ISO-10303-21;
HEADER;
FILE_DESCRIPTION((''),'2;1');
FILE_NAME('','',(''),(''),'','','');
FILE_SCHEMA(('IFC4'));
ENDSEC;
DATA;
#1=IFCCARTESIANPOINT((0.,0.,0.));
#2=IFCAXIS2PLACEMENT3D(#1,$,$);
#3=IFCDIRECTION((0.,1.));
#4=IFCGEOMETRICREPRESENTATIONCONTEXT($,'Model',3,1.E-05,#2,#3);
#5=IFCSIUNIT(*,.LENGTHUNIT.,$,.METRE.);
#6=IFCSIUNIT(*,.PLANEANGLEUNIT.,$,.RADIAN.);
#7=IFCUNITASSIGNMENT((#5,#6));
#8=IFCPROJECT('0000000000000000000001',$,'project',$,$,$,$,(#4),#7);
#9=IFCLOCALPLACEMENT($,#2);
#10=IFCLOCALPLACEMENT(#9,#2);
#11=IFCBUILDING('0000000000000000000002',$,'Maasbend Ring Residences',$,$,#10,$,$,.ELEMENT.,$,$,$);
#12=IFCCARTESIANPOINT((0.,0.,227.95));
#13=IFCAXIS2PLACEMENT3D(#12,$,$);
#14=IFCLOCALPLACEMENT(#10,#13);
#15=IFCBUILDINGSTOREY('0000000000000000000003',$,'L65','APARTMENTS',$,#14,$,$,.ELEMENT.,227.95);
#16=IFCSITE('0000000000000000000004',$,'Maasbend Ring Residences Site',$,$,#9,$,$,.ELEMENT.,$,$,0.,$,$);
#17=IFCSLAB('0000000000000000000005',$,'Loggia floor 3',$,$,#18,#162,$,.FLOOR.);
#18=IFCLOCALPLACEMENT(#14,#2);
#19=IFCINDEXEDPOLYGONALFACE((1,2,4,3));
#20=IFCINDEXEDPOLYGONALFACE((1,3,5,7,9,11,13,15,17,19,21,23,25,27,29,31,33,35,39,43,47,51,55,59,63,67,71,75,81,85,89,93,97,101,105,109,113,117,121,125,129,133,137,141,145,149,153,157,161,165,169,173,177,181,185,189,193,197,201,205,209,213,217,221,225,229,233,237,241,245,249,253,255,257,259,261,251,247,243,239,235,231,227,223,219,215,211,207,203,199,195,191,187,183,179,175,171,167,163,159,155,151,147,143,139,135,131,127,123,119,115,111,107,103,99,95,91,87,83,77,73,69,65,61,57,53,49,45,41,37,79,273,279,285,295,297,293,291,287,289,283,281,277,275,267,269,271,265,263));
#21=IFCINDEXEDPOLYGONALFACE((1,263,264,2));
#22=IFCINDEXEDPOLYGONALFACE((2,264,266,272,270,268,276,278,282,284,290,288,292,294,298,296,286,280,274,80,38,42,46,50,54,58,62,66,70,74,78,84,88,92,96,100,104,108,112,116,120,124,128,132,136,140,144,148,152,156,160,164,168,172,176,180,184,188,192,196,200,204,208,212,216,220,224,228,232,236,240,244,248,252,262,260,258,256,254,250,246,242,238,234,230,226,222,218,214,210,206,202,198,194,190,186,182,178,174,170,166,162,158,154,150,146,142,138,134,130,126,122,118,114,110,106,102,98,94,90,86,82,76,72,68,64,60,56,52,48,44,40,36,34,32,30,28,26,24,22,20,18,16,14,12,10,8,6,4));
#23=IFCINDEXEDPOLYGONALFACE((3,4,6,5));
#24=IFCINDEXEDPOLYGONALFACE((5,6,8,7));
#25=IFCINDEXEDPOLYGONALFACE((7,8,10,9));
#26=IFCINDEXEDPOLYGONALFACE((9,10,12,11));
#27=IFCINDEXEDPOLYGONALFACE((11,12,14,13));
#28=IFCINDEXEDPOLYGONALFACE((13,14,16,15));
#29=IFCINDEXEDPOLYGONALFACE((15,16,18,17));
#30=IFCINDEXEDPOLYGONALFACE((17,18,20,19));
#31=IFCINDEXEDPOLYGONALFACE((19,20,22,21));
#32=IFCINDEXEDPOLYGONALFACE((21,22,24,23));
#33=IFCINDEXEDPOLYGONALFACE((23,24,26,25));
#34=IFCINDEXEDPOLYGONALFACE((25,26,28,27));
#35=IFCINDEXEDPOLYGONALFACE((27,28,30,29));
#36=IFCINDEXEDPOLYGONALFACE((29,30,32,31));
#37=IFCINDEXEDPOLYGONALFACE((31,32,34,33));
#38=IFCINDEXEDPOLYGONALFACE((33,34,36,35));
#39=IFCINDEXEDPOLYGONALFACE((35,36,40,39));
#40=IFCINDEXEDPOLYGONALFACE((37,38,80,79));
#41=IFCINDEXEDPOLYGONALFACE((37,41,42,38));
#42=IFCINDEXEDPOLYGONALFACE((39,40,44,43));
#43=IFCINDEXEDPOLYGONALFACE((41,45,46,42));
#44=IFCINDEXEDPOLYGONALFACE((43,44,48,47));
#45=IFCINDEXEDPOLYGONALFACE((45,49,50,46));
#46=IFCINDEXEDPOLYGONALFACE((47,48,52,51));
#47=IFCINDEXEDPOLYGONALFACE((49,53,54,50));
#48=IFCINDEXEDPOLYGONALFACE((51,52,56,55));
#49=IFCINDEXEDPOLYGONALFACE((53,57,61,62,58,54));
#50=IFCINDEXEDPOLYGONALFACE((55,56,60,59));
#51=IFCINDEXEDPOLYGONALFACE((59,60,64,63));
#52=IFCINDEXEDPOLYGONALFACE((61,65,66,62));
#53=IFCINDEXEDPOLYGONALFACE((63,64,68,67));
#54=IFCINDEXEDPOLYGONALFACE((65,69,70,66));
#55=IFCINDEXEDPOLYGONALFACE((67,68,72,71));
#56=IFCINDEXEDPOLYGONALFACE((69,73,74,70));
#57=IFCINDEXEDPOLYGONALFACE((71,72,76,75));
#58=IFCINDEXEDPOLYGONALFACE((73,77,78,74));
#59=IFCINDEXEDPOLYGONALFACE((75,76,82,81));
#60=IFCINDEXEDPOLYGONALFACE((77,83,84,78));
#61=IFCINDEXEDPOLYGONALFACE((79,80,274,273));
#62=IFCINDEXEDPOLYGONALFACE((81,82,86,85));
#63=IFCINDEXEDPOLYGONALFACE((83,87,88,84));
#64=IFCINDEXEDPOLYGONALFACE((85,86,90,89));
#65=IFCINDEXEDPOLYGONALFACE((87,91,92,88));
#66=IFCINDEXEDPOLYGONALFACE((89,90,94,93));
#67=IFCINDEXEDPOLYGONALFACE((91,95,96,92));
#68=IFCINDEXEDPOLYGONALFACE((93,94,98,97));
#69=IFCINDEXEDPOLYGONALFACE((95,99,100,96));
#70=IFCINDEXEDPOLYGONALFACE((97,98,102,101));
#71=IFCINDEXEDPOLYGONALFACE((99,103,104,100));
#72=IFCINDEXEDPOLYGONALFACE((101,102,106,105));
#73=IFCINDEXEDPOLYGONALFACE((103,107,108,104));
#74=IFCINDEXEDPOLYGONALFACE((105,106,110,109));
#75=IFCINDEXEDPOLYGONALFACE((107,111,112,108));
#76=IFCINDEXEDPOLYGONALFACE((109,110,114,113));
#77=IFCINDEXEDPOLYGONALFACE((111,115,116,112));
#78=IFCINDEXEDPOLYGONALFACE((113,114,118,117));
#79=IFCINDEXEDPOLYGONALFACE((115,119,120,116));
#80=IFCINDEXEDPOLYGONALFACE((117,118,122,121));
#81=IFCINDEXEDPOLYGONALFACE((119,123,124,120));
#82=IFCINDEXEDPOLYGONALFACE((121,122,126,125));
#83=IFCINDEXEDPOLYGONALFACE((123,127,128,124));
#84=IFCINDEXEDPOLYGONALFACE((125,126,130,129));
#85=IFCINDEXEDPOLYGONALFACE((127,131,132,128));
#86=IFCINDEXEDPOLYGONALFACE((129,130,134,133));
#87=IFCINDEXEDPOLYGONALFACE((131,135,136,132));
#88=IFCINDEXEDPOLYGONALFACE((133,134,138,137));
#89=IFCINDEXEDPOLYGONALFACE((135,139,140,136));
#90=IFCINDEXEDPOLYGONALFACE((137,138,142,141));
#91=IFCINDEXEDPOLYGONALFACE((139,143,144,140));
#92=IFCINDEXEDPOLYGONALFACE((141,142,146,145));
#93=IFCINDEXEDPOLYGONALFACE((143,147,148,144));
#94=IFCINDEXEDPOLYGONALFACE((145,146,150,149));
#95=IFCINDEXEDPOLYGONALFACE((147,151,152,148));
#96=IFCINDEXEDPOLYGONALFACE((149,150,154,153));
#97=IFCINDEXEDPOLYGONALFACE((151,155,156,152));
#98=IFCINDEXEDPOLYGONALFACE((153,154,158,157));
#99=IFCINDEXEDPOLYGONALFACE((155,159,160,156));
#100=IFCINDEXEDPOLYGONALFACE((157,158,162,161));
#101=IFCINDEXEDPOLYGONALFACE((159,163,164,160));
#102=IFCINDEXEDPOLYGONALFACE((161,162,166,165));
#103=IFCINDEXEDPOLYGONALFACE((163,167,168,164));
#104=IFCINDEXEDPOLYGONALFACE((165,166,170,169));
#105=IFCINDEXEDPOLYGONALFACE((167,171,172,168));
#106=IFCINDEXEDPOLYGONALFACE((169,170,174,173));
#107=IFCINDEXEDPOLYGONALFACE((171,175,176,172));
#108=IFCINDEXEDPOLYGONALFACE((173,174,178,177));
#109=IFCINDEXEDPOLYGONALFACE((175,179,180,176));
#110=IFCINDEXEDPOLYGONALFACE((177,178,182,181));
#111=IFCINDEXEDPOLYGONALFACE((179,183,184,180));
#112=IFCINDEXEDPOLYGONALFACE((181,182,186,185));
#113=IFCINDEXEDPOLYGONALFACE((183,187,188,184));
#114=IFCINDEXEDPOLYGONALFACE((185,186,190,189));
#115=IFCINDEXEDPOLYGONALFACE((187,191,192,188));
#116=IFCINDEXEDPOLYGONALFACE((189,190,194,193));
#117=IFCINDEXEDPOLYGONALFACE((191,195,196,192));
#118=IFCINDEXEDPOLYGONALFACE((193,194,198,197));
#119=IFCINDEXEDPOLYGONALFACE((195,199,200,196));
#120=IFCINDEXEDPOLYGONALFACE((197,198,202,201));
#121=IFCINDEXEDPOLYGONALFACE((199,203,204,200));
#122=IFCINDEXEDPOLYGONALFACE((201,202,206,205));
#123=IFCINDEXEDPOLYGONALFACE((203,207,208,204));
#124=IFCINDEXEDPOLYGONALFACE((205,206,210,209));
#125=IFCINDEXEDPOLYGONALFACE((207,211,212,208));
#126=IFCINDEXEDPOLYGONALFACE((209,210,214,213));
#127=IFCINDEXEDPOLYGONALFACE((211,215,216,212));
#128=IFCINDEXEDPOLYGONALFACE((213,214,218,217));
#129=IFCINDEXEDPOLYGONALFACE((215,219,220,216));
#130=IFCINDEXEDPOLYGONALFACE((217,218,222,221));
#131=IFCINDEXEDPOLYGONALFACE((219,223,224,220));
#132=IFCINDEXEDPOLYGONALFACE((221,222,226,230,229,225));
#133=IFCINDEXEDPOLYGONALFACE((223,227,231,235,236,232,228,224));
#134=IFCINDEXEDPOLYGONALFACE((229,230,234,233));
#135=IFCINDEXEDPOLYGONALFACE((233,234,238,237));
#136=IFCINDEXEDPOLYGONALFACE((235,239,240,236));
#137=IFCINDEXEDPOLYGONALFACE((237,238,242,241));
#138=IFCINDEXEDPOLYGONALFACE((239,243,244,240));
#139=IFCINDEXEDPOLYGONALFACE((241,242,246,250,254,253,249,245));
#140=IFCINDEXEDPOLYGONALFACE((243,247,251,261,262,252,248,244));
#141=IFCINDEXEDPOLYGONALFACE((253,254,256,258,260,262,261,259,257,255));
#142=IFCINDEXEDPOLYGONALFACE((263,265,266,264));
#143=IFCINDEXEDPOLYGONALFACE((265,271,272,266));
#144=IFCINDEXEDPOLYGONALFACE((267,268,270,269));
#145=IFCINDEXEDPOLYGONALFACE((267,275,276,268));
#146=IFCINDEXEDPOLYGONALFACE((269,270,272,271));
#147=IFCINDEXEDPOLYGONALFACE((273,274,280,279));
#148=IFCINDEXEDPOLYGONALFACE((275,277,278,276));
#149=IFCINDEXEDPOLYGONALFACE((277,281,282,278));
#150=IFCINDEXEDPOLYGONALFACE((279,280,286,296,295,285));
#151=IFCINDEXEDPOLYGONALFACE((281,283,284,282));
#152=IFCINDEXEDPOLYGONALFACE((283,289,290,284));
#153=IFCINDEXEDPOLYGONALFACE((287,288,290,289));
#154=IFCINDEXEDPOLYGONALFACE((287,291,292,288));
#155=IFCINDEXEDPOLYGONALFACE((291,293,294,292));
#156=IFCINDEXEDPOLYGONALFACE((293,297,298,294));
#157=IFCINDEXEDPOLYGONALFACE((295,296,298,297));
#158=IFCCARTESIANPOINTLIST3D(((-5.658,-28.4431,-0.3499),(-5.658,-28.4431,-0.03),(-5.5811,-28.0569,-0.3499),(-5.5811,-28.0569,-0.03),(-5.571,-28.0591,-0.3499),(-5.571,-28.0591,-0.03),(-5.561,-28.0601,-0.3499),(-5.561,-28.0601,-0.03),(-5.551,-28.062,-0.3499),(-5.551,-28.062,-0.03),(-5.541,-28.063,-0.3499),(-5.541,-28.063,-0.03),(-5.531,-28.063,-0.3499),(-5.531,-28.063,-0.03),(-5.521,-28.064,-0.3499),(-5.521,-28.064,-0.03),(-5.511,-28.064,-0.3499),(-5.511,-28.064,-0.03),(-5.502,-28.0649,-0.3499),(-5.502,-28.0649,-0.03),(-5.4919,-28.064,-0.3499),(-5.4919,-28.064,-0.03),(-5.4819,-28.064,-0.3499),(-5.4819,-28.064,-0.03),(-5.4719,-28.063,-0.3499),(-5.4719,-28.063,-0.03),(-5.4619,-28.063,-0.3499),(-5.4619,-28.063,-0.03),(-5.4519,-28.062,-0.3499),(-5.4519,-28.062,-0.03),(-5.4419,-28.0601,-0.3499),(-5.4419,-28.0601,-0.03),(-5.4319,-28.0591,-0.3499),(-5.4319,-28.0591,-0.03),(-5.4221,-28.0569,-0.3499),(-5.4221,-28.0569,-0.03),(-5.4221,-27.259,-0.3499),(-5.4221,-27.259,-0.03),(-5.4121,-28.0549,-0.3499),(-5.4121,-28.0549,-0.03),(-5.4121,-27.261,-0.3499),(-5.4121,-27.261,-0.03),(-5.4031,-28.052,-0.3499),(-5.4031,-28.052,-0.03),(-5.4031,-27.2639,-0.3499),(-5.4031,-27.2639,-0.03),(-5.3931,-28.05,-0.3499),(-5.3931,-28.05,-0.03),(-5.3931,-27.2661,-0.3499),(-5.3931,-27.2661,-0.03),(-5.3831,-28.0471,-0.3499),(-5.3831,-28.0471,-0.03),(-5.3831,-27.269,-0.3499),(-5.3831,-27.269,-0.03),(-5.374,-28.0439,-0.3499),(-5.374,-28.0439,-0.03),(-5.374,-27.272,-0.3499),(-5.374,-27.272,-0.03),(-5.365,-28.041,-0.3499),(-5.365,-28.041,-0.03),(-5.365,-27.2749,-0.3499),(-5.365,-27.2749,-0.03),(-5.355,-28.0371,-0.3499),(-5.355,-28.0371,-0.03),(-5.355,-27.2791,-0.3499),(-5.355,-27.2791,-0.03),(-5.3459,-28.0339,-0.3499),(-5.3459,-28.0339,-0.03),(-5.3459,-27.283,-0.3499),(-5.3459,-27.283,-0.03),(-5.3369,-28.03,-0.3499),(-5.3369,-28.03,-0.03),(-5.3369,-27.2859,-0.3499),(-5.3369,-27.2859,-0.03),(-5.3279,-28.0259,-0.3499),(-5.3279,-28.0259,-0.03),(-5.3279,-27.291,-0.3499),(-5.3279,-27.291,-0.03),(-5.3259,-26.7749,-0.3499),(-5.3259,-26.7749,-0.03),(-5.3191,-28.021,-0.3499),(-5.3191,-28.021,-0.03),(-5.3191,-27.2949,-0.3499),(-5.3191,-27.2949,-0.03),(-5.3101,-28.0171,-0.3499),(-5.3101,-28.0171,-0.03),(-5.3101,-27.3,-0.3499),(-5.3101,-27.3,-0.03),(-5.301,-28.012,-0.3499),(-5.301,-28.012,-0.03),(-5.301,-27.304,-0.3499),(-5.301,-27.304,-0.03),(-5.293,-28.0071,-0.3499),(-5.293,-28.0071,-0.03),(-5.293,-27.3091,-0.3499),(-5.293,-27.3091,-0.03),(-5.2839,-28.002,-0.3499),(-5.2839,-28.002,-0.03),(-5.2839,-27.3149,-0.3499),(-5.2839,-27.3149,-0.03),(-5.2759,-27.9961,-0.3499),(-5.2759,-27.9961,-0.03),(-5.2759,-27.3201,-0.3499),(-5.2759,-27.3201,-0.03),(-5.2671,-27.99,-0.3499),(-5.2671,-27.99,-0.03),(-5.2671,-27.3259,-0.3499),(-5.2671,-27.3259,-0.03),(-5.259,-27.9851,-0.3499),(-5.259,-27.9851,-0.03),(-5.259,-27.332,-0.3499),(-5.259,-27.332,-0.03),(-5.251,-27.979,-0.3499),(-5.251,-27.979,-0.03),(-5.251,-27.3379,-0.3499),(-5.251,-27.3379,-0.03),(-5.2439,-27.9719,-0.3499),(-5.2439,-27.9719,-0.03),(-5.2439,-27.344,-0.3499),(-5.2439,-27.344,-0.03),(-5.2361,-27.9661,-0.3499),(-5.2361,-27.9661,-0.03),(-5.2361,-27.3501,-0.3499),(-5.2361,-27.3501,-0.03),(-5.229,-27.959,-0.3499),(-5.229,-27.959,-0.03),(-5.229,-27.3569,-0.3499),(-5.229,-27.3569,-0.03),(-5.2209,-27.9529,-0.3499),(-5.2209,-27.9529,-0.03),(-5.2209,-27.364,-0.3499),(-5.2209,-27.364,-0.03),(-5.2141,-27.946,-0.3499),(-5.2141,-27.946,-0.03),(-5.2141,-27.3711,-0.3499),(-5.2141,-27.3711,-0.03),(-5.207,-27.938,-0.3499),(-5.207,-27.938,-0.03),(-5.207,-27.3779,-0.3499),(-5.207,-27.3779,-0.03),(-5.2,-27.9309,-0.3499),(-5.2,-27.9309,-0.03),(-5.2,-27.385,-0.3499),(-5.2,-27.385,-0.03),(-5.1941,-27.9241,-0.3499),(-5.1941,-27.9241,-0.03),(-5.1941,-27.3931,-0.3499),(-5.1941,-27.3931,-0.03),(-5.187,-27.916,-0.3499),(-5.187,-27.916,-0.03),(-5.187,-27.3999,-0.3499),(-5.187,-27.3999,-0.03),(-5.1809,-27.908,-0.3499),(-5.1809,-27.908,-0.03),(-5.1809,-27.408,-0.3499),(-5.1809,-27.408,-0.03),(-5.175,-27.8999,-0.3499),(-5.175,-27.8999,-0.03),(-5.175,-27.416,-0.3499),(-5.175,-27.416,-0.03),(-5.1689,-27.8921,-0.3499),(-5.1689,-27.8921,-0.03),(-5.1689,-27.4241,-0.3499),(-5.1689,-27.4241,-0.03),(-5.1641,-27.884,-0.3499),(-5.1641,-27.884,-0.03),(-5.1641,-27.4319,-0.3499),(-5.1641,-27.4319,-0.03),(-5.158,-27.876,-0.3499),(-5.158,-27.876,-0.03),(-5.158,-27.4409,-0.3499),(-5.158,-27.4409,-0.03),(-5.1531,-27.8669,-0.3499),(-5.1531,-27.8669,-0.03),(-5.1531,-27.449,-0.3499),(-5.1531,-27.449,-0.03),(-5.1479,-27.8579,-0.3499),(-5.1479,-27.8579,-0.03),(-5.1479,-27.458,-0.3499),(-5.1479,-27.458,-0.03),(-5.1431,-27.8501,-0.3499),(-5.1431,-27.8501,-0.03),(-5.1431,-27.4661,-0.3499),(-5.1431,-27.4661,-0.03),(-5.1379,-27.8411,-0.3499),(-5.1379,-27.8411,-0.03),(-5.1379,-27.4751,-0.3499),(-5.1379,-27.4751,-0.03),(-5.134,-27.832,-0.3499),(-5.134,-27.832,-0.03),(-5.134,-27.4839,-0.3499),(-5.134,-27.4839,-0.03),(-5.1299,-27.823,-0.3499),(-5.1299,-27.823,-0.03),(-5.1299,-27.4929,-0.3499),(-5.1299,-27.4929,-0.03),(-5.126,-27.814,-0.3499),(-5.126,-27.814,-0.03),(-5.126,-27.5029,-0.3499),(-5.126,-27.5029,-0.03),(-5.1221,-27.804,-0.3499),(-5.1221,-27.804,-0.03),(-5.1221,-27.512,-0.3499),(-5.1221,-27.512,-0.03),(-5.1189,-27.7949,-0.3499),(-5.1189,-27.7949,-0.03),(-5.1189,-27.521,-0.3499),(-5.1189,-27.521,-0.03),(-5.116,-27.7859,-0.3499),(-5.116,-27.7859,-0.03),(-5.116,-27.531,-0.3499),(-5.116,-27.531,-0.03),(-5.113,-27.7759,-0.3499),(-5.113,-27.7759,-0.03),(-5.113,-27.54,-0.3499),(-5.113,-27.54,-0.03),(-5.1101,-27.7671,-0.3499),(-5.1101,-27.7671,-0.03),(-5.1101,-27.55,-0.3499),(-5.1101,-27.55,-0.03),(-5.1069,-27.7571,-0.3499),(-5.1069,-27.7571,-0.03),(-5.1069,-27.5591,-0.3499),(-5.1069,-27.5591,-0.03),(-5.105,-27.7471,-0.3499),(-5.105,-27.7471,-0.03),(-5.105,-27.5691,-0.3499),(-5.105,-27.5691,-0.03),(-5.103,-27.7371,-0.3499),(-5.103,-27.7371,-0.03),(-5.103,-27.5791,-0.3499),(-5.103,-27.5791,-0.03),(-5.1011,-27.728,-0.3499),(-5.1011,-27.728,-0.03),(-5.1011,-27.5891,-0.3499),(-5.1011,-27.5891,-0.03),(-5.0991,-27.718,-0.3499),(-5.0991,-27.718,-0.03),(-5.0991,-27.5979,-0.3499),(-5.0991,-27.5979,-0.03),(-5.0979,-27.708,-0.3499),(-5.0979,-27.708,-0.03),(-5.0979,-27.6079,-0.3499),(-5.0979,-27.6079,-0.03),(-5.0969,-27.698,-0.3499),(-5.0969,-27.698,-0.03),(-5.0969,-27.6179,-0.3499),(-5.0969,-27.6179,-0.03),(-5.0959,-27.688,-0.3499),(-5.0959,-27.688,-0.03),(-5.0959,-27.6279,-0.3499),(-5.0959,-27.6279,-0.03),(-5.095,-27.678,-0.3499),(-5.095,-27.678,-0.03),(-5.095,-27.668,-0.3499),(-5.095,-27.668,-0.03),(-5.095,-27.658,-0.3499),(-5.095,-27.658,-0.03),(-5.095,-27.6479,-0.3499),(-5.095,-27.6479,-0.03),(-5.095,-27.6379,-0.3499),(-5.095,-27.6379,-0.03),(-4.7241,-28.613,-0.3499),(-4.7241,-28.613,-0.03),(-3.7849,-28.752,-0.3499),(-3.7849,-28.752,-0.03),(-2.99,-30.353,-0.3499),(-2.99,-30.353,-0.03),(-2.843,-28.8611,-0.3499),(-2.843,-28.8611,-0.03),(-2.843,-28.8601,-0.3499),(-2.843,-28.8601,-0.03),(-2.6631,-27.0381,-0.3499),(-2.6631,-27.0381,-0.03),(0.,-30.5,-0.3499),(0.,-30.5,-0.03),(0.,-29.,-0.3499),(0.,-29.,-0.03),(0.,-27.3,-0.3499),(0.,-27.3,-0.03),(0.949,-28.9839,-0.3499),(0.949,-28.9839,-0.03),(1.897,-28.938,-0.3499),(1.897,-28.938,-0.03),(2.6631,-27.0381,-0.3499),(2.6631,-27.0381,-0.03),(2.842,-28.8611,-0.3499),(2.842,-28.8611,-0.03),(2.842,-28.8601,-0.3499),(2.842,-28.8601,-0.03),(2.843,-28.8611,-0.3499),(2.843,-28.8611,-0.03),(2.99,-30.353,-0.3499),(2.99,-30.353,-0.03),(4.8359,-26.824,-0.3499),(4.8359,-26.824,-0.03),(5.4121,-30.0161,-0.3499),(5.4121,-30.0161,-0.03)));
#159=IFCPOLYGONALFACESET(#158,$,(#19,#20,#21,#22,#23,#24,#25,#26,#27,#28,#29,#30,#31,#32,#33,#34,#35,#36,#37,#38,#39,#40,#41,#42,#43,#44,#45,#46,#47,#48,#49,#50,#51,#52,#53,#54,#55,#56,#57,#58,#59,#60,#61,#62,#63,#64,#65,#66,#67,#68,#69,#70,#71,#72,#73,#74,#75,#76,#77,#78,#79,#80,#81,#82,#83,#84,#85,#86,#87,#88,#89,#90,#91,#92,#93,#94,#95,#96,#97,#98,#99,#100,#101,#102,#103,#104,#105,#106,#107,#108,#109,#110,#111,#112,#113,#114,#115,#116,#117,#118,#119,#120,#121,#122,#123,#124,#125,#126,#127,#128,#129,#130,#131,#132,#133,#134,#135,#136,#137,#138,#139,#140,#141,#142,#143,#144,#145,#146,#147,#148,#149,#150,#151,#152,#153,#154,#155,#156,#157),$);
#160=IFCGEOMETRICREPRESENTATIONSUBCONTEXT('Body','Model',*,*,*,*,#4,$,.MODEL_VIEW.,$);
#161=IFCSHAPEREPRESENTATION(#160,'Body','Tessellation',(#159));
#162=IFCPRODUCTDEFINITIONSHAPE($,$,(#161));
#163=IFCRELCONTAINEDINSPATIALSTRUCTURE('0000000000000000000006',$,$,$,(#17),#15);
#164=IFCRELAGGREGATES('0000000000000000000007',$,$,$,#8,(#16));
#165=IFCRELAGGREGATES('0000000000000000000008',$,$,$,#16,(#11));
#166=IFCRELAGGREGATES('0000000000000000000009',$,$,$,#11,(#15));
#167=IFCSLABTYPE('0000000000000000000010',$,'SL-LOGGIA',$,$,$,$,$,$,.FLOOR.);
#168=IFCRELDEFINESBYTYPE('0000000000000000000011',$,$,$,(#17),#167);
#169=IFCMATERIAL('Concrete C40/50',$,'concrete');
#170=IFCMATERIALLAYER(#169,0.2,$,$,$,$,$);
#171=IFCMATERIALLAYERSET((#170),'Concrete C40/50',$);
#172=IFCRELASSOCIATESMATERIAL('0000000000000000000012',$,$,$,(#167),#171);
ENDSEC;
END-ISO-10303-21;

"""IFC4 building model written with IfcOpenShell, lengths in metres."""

from ifc_helpers import new_model, si_unit, direction, frame, origin, place, context, subcontext, project, spatial, polyline, outline, extrude, material, layer, layer_set, type_object, element, save


model = new_model("IFC4")

# Units and contexts
model_context = context("Model", 3, precision=1e-05, world=origin(), true_north=direction((0.0, 1.0)))
body_context = subcontext(model_context, "Body", "Model", "MODEL_VIEW")
ifc_project = project(units=[si_unit("LENGTHUNIT", "METRE"), si_unit("PLANEANGLEUNIT", "RADIAN")], contexts=[model_context])

# Site, building, storey
site_placement = place(None, origin())
site = spatial("IfcSite", under=ifc_project, at=site_placement, Name="Maasbend Ring Residences Site", CompositionType="ELEMENT", RefElevation=0.0)
building_placement = place(site_placement, origin())
building = spatial("IfcBuilding", under=site, at=building_placement, Name="Maasbend Ring Residences", CompositionType="ELEMENT")
storey_placement = place(building_placement, frame((0.0, 0.0, 227.95)))
storey = spatial("IfcBuildingStorey", under=building, at=storey_placement, Name="L65", Description="APARTMENTS", CompositionType="ELEMENT", Elevation=227.95)

# Slab
ifc_material_1 = material(Name="Concrete C40/50", Category="concrete")
ifc_layer_1 = layer(ifc_material_1, 0.2)
ifc_layer_set_1 = layer_set([ifc_layer_1], Name="Concrete C40/50")
slab_type = type_object("IfcSlabType", Name="SL-LOGGIA", PredefinedType="FLOOR", material=ifc_layer_set_1)
slab_1_placement = place(storey_placement, frame((0.0, 0.0, -0.3499)))
element("IfcSlab", 1, at=slab_1_placement, inside=storey, type_object=slab_type, Name="Loggia floor 3", PredefinedType="FLOOR", context=body_context, shape_type="SweptSolid", body=[
    extrude(outline(polyline([(-2.6631, -27.0381), (0.0, -27.3), (0.0, -27.3), (0.0, -27.3), (2.6631, -27.0381), (4.8359, -26.824), (4.8359, -26.824), (4.8359, -26.824), (5.4121, -30.0161), (5.4121, -30.0161), (5.4121, -30.0161), (2.99, -30.353), (2.99, -30.353), (2.99, -30.353), (2.843, -28.8611), (2.843, -28.8611), (2.843, -28.8611), (2.843, -28.8611), (2.842, -28.8611), (2.842, -28.8611), (2.842, -28.8611), (2.842, -28.8611), (2.842, -28.8611), (2.842, -28.8601), (2.842, -28.8601), (2.842, -28.8601), (2.842, -28.8601), (2.842, -28.8601), (2.842, -28.8601), (2.842, -28.8601), (2.842, -28.8601), (1.897, -28.938), (1.897, -28.938), (0.949, -28.9839), (0.949, -28.9839), (0.0, -29.0), (0.0, -29.0), (0.0, -29.0), (0.0, -29.0), (0.0, -29.0), (0.0, -29.0), (0.0, -29.0), (0.0, -29.0), (0.0, -29.0), (0.0, -29.0), (0.0, -29.0), (0.0, -29.0), (0.0, -29.0), (0.0, -29.0), (0.0, -29.0), (0.0, -29.0), (0.0, -29.0), (0.0, -30.5), (0.0, -30.5), (0.0, -30.5), (-2.99, -30.353), (-2.99, -30.353), (-2.99, -30.353), (-2.843, -28.8611), (-2.843, -28.8611), (-2.843, -28.8611), (-2.843, -28.8611), (-2.843, -28.8611), (-2.843, -28.8611), (-2.843, -28.8611), (-2.843, -28.8611), (-2.843, -28.8601), (-2.843, -28.8601), (-2.843, -28.8601), (-2.843, -28.8601), (-2.843, -28.8601), (-2.843, -28.8601), (-2.843, -28.8601), (-2.843, -28.8601), (-2.843, -28.8601), (-3.7849, -28.752), (-3.7849, -28.752), (-4.7241, -28.613), (-4.7241, -28.613), (-5.658, -28.4431), (-5.658, -28.4431), (-5.658, -28.4431), (-5.5811, -28.0569), (-5.5811, -28.0569), (-5.571, -28.0591), (-5.561, -28.0601), (-5.551, -28.062), (-5.541, -28.063), (-5.531, -28.063), (-5.521, -28.064), (-5.511, -28.064), (-5.502, -28.0649), (-5.4919, -28.064), (-5.4819, -28.064), (-5.4719, -28.063), (-5.4619, -28.063), (-5.4519, -28.062), (-5.4419, -28.0601), (-5.4319, -28.0591), (-5.4221, -28.0569), (-5.4121, -28.0549), (-5.4031, -28.052), (-5.3931, -28.05), (-5.3831, -28.0471), (-5.374, -28.0439), (-5.365, -28.041), (-5.355, -28.0371), (-5.3459, -28.0339), (-5.3369, -28.03), (-5.3279, -28.0259), (-5.3191, -28.021), (-5.3101, -28.0171), (-5.301, -28.012), (-5.293, -28.0071), (-5.2839, -28.002), (-5.2759, -27.9961), (-5.2671, -27.99), (-5.259, -27.9851), (-5.251, -27.979), (-5.2439, -27.9719), (-5.2361, -27.9661), (-5.229, -27.959), (-5.2209, -27.9529), (-5.2141, -27.946), (-5.207, -27.938), (-5.2, -27.9309), (-5.1941, -27.9241), (-5.187, -27.916), (-5.1809, -27.908), (-5.175, -27.8999), (-5.1689, -27.8921), (-5.1641, -27.884), (-5.158, -27.876), (-5.1531, -27.8669), (-5.1479, -27.8579), (-5.1431, -27.8501), (-5.1379, -27.8411), (-5.134, -27.832), (-5.1299, -27.823), (-5.126, -27.814), (-5.1221, -27.804), (-5.1189, -27.7949), (-5.116, -27.7859), (-5.113, -27.7759), (-5.1101, -27.7671), (-5.1069, -27.7571), (-5.105, -27.7471), (-5.103, -27.7371), (-5.1011, -27.728), (-5.0991, -27.718), (-5.0979, -27.708), (-5.0969, -27.698), (-5.0959, -27.688), (-5.095, -27.678), (-5.095, -27.668), (-5.095, -27.658), (-5.095, -27.6479), (-5.095, -27.6379), (-5.0959, -27.6279), (-5.0969, -27.6179), (-5.0979, -27.6079), (-5.0991, -27.5979), (-5.1011, -27.5891), (-5.103, -27.5791), (-5.105, -27.5691), (-5.1069, -27.5591), (-5.1101, -27.55), (-5.113, -27.54), (-5.116, -27.531), (-5.1189, -27.521), (-5.1221, -27.512), (-5.126, -27.5029), (-5.1299, -27.4929), (-5.134, -27.4839), (-5.1379, -27.4751), (-5.1431, -27.4661), (-5.1479, -27.458), (-5.1531, -27.449), (-5.158, -27.4409), (-5.1641, -27.4319), (-5.1689, -27.4241), (-5.175, -27.416), (-5.1809, -27.408), (-5.187, -27.3999), (-5.1941, -27.3931), (-5.2, -27.385), (-5.207, -27.3779), (-5.2141, -27.3711), (-5.2209, -27.364), (-5.229, -27.3569), (-5.2361, -27.3501), (-5.2439, -27.344), (-5.251, -27.3379), (-5.259, -27.332), (-5.2671, -27.3259), (-5.2759, -27.3201), (-5.2839, -27.3149), (-5.293, -27.3091), (-5.301, -27.304), (-5.3101, -27.3), (-5.3191, -27.2949), (-5.3279, -27.291), (-5.3369, -27.2859), (-5.3459, -27.283), (-5.355, -27.2791), (-5.365, -27.2749), (-5.374, -27.272), (-5.3831, -27.269), (-5.3931, -27.2661), (-5.4031, -27.2639), (-5.4121, -27.261), (-5.4221, -27.259), (-5.4221, -27.259), (-5.3259, -26.7749), (-5.3259, -26.7749), (-5.3259, -26.7749), (-2.6631, -27.0381)])), origin(), (0.0, 0.0, 1.0), 0.3198),
])

save(model, "model.ifc")
